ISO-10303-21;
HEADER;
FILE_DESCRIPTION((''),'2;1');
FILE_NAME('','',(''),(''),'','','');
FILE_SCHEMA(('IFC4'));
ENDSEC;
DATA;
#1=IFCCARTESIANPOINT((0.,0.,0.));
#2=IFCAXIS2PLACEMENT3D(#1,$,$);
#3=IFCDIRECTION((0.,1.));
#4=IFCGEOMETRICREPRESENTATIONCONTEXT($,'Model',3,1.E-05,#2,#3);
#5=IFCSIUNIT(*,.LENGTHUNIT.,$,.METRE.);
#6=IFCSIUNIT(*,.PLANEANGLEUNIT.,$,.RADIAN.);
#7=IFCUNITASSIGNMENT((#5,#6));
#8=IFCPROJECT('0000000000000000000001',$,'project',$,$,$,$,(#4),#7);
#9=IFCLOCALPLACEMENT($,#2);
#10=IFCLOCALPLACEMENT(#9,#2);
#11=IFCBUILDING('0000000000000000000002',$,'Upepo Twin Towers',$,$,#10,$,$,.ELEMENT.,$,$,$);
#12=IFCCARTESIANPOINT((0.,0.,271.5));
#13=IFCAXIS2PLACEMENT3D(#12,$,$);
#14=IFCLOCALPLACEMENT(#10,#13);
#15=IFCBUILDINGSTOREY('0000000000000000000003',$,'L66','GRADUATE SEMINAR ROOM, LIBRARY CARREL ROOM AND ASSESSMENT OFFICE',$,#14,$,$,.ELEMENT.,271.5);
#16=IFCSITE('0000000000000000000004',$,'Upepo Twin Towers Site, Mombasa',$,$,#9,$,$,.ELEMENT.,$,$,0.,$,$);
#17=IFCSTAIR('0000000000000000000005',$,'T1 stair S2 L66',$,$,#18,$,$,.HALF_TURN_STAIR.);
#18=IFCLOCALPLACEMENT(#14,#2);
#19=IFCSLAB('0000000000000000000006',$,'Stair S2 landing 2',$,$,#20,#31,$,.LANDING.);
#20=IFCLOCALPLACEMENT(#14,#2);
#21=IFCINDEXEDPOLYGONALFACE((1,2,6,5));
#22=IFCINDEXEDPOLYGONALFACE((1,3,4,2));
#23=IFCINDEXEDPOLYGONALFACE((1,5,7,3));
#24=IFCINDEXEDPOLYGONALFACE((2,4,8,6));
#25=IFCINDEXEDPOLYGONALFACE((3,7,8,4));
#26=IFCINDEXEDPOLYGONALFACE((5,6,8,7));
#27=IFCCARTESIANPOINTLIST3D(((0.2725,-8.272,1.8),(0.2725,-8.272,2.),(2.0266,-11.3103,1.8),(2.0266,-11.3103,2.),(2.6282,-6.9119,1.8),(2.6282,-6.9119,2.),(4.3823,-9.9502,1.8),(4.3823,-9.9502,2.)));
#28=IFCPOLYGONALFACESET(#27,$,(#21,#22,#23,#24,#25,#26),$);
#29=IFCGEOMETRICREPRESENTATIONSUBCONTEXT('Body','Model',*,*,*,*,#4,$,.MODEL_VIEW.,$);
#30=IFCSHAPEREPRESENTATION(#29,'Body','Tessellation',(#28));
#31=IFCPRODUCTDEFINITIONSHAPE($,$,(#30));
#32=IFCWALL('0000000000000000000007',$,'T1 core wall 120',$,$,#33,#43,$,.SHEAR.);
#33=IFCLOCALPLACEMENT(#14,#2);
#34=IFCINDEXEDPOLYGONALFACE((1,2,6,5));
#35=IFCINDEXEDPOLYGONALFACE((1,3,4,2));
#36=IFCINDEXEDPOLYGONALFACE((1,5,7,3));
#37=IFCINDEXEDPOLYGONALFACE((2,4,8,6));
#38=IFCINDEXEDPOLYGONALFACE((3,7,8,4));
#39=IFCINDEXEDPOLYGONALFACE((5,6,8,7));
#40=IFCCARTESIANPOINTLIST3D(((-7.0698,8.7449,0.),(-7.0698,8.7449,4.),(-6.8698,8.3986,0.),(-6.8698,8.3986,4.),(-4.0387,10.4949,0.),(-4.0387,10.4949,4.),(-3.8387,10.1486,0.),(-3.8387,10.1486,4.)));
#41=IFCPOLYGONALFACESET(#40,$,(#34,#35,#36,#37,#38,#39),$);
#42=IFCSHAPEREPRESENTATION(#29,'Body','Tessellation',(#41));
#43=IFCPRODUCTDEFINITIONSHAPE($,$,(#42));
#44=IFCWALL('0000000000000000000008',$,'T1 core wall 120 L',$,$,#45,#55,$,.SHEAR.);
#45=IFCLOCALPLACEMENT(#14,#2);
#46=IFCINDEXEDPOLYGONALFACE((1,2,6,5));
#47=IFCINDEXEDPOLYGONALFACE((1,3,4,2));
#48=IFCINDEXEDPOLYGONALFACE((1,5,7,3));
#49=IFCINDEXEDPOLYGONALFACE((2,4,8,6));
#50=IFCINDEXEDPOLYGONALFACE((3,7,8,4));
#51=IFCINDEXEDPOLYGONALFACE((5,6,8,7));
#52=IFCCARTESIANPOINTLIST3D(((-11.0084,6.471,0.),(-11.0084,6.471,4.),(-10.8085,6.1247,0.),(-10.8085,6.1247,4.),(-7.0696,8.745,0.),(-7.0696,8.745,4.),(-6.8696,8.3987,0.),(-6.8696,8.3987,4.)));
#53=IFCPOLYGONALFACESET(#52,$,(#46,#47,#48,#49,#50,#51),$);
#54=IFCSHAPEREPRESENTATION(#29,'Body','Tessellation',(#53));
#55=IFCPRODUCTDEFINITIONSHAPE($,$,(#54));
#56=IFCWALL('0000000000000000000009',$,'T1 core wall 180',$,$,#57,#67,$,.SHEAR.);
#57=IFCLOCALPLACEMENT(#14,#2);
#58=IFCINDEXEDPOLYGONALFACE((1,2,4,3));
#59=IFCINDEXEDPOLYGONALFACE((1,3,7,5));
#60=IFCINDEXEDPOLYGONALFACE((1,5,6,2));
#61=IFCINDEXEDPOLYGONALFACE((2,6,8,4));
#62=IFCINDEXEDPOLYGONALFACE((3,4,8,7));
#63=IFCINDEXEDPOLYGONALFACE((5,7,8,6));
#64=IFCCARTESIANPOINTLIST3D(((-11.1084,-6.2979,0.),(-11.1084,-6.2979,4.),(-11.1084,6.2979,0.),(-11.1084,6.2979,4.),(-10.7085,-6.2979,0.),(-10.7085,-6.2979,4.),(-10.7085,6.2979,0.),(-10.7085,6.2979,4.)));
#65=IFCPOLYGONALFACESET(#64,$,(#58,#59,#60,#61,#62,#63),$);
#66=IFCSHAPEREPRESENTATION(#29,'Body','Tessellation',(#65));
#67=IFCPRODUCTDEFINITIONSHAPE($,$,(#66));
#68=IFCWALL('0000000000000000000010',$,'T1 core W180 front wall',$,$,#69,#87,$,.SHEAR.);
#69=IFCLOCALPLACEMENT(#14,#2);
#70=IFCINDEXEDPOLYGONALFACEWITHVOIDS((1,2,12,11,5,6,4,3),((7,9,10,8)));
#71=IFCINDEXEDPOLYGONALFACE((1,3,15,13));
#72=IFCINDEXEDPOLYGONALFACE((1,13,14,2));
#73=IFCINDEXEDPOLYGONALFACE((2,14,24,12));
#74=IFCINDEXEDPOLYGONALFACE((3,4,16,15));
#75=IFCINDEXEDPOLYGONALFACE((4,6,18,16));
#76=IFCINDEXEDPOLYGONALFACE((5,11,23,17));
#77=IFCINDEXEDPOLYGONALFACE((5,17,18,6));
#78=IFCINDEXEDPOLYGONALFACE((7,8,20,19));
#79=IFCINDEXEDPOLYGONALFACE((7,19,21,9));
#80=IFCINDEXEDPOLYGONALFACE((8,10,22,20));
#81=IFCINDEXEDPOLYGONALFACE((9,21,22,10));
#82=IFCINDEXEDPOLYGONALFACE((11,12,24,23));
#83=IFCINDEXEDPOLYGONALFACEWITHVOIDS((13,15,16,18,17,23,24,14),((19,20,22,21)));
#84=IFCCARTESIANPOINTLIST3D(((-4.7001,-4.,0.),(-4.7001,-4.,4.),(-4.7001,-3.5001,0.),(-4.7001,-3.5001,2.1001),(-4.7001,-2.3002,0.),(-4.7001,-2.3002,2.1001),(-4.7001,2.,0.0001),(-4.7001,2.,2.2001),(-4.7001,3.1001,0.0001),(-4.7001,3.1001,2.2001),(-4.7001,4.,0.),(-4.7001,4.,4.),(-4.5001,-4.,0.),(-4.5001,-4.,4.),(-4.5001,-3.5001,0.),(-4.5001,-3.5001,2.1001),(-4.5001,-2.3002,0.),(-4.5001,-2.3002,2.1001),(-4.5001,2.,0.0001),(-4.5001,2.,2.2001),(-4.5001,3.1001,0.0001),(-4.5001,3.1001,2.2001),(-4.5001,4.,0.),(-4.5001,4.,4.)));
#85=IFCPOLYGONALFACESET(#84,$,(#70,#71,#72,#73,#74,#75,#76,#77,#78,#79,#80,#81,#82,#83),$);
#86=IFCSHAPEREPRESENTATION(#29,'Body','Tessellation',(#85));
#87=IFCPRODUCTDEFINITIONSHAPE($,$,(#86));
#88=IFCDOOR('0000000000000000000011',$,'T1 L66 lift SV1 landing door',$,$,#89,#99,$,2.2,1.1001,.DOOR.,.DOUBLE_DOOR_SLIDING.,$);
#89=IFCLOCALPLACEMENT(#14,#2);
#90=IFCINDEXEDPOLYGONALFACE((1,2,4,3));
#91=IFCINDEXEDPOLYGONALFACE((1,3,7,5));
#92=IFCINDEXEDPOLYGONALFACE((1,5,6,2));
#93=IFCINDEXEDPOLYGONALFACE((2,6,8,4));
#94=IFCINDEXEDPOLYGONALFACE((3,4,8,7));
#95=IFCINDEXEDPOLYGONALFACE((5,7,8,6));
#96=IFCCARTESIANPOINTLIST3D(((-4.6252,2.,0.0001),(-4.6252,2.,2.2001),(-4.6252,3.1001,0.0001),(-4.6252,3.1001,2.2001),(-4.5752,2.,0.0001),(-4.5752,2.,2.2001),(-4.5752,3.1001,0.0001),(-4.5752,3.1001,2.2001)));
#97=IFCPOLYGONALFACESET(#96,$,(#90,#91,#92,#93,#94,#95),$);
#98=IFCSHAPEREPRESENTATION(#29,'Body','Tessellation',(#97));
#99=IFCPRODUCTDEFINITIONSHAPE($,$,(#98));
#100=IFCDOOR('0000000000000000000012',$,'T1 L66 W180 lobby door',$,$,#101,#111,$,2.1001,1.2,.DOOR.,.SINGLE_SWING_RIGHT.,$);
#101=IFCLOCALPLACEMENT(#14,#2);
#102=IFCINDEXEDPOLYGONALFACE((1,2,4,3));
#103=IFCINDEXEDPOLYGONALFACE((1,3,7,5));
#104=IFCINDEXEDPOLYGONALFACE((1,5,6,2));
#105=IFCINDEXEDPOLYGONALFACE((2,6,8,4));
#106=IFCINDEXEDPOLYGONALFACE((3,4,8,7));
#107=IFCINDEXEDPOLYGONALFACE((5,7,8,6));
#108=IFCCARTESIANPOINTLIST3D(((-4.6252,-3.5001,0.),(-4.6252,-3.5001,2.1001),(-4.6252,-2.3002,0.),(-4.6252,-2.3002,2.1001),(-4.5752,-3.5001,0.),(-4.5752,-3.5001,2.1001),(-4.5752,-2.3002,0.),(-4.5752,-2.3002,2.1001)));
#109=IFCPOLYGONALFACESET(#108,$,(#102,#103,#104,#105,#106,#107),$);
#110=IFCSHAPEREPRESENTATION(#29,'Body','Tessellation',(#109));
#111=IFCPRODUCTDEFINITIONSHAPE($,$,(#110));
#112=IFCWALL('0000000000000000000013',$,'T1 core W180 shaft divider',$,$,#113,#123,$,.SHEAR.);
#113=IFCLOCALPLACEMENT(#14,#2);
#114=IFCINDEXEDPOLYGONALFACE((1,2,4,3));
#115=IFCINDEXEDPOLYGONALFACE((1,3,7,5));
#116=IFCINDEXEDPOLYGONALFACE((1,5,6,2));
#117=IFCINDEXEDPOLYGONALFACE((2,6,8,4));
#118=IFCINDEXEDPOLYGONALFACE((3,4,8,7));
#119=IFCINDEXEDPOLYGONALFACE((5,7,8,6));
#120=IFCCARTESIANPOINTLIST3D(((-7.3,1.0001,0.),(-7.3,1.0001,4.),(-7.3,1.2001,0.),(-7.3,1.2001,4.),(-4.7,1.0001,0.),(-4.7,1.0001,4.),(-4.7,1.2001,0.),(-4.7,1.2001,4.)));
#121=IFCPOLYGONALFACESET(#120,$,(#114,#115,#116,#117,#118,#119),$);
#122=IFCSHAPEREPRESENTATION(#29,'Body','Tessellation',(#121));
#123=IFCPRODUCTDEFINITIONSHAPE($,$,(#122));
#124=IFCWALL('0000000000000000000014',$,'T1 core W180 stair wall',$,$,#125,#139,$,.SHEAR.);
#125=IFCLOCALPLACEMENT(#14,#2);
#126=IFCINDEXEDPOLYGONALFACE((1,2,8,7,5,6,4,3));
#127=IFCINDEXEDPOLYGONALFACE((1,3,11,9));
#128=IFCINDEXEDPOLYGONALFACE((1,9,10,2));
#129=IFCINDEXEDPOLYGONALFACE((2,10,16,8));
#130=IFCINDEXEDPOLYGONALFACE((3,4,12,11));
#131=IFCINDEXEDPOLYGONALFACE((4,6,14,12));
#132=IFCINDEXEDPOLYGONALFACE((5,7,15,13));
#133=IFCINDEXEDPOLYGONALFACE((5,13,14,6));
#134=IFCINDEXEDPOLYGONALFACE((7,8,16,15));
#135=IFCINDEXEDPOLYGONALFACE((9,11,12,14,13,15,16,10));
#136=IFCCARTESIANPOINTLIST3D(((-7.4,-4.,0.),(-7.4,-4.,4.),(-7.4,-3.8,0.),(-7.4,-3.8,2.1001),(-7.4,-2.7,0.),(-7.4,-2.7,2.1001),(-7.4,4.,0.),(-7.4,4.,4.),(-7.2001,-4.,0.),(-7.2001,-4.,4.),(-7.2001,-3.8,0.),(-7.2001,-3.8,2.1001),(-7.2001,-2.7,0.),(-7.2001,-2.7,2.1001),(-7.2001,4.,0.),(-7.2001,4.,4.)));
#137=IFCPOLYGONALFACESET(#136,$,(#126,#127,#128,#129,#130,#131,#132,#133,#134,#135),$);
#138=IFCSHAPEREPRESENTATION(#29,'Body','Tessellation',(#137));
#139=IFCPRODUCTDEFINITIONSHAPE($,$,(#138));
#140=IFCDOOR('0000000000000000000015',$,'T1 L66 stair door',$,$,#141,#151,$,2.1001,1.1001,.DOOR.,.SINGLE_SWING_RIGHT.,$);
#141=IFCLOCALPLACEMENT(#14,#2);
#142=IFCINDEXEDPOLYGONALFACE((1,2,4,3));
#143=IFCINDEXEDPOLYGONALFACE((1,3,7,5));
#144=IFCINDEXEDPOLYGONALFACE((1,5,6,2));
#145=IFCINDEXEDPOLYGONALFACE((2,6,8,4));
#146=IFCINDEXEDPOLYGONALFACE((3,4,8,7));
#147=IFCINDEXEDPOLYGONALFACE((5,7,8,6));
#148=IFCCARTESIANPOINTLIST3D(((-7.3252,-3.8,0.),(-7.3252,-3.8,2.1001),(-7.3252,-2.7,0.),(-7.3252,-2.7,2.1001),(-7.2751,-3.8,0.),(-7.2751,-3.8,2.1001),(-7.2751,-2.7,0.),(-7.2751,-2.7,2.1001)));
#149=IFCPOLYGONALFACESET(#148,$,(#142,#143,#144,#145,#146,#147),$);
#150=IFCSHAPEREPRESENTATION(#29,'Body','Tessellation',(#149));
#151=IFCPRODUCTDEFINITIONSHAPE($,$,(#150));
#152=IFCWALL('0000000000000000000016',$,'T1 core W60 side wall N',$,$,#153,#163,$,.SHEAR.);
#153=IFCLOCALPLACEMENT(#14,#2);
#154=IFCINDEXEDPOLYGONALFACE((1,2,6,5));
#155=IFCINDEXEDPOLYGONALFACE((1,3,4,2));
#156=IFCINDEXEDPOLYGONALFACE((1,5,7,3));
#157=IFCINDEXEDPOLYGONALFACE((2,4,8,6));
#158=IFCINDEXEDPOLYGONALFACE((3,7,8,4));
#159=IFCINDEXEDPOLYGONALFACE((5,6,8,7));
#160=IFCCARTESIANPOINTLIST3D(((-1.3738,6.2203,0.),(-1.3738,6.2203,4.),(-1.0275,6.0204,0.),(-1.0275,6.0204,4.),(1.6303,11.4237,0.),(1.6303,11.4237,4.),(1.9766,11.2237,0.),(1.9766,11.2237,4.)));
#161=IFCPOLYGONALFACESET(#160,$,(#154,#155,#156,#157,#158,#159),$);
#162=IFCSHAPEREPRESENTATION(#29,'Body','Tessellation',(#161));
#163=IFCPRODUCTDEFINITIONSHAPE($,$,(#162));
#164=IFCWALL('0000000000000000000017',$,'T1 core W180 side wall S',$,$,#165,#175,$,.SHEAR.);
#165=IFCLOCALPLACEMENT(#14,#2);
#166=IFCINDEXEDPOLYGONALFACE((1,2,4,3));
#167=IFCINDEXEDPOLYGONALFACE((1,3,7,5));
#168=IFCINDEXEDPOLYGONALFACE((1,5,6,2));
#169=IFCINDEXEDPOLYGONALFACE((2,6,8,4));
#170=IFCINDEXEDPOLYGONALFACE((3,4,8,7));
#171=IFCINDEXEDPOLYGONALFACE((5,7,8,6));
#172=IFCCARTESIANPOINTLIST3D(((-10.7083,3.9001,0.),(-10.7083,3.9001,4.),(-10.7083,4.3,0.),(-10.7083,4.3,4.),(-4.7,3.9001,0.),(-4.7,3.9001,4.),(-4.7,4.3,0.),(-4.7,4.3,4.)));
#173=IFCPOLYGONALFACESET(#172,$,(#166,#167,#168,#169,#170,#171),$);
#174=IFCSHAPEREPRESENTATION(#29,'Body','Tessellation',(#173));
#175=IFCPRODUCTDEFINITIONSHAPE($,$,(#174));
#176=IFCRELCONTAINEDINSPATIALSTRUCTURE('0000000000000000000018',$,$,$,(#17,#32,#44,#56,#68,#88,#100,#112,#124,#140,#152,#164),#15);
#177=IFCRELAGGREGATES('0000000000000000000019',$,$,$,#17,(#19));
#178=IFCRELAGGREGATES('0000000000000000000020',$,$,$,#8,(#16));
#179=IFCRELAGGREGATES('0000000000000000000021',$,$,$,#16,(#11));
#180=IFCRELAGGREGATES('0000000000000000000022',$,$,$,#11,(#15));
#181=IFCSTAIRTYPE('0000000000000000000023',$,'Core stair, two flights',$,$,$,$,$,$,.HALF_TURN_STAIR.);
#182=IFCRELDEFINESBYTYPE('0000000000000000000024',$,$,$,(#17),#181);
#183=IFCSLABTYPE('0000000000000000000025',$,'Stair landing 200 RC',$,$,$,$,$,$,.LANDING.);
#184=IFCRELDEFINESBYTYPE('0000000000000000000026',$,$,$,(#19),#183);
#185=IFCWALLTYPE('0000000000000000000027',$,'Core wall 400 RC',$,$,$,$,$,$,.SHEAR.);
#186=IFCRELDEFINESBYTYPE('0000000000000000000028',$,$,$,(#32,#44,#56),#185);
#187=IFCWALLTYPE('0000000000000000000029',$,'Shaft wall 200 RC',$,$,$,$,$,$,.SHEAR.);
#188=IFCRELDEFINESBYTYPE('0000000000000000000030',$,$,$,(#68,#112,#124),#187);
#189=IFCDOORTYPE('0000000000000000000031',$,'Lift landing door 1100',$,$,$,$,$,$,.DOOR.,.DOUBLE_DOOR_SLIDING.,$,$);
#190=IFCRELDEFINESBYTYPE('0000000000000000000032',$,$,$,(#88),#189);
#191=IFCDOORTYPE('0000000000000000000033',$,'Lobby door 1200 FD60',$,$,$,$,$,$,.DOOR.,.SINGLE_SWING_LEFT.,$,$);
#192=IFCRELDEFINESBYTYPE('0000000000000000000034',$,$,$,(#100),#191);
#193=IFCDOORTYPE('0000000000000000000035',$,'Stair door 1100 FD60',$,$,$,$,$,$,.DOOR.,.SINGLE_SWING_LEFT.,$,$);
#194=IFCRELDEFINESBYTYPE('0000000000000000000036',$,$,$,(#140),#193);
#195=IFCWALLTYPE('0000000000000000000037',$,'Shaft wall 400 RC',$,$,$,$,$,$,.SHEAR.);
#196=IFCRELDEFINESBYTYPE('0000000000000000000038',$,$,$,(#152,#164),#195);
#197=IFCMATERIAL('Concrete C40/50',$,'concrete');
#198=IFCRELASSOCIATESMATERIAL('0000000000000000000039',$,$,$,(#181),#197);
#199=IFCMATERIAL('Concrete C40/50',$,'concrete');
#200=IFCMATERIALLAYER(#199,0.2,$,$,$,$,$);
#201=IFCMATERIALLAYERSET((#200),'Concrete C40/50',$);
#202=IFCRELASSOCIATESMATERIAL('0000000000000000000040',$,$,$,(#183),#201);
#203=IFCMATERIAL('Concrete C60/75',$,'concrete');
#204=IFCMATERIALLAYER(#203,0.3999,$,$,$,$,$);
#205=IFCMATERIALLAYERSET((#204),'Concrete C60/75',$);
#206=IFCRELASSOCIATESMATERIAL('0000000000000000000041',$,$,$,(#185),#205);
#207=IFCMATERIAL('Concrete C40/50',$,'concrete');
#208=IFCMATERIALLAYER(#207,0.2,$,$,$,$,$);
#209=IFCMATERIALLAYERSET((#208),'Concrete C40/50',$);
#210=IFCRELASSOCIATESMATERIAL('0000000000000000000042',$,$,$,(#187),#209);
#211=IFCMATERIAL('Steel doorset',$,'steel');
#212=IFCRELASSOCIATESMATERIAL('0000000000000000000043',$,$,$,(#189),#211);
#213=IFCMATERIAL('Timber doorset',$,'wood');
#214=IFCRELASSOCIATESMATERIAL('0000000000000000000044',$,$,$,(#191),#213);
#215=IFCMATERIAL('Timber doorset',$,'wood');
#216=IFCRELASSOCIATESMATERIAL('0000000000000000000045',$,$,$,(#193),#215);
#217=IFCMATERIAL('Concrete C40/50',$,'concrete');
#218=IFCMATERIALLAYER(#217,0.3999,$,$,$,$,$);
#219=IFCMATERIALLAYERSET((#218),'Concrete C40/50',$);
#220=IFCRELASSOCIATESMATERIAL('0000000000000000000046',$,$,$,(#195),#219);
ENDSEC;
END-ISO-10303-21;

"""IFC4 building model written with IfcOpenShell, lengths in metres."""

from ifc_helpers import new_model, si_unit, direction, frame, frame_2d, origin, place, context, subcontext, project, spatial, polyline, rectangle, outline, extrude, material, layer, layer_set, type_object, element, fill, aggregate, save


model = new_model("IFC4")

# Units and contexts
model_context = context("Model", 3, precision=1e-05, world=origin(), true_north=direction((0.0, 1.0)))
body_context = subcontext(model_context, "Body", "Model", "MODEL_VIEW")
ifc_project = project(units=[si_unit("LENGTHUNIT", "METRE"), si_unit("PLANEANGLEUNIT", "RADIAN")], contexts=[model_context])

# Site, building, storey
site_placement = place(None, origin())
site = spatial("IfcSite", under=ifc_project, at=site_placement, Name="Upepo Twin Towers Site, Mombasa", CompositionType="ELEMENT", RefElevation=0.0)
building_placement = place(site_placement, origin())
building = spatial("IfcBuilding", under=site, at=building_placement, Name="Upepo Twin Towers", CompositionType="ELEMENT")
storey_placement = place(building_placement, frame((0.0, 0.0, 271.5)))
storey = spatial("IfcBuildingStorey", under=building, at=storey_placement, Name="L66", Description="GRADUATE SEMINAR ROOM, LIBRARY CARREL ROOM AND ASSESSMENT OFFICE", CompositionType="ELEMENT", Elevation=271.5)

# Stair, slab
ifc_material_1 = material(Name="Concrete C40/50", Category="concrete")
stair_type = type_object("IfcStairType", Name="Core stair, two flights", PredefinedType="HALF_TURN_STAIR", material=ifc_material_1)
stair_1_placement = place(storey_placement, origin())
stair_1 = element("IfcStair", 1, at=stair_1_placement, inside=storey, type_object=stair_type, Name="T1 stair S2 L66", PredefinedType="HALF_TURN_STAIR")
ifc_material_2 = material(Name="Concrete C40/50", Category="concrete")
ifc_layer_1 = layer(ifc_material_2, 0.2)
ifc_layer_set_1 = layer_set([ifc_layer_1], Name="Concrete C40/50")
slab_type = type_object("IfcSlabType", Name="Stair landing 200 RC", PredefinedType="LANDING", material=ifc_layer_set_1)
slab_placement = place(storey_placement, frame((0.0, 0.0, 1.8)))
slab = element("IfcSlab", 2, at=slab_placement, type_object=slab_type, Name="Stair S2 landing 2", PredefinedType="LANDING", context=body_context, shape_type="SweptSolid", body=[
    extrude(outline(polyline([(0.2725, -8.272), (2.0266, -11.3103), (4.3823, -9.9502), (2.6282, -6.9119), (0.2725, -8.272)])), origin(), (0.0, 0.0, 1.0), 0.2),
])
aggregate(stair_1, [slab])

# Walls
ifc_material_3 = material(Name="Concrete C60/75", Category="concrete")
ifc_layer_2 = layer(ifc_material_3, 0.3999)
ifc_layer_set_2 = layer_set([ifc_layer_2], Name="Concrete C60/75")
wall_type_1 = type_object("IfcWallType", Name="Core wall 400 RC", PredefinedType="SHEAR", material=ifc_layer_set_2)
wall_1_placement = place(storey_placement, frame((-3.9387, 10.3218, 0.0), z_axis=(0.0, 0.0, 1.0), x_axis=(-0.866019, -0.50001, 0.0)))
element("IfcWall", 3, at=wall_1_placement, inside=storey, type_object=wall_type_1, Name="T1 core wall 120", PredefinedType="SHEAR", context=body_context, shape_type="SweptSolid", body=[
    extrude(rectangle(XDim=3.5, YDim=0.3999, at=frame_2d((1.75, 0.0))), origin(), (0.0, 0.0, 1.0), 4.0),
])
wall_2_placement = place(storey_placement, frame((-6.9697, 8.5718, 0.0), z_axis=(0.0, 0.0, 1.0), x_axis=(-0.866035, -0.499984, 0.0)))
element("IfcWall", 4, at=wall_2_placement, inside=storey, type_object=wall_type_1, Name="T1 core wall 120 L", PredefinedType="SHEAR", context=body_context, shape_type="SweptSolid", body=[
    extrude(rectangle(XDim=4.5481, YDim=0.3999, at=frame_2d((2.2739, 0.0))), origin(), (0.0, 0.0, 1.0), 4.0),
])
wall_3_placement = place(storey_placement, frame((-10.9084, 6.2979, 0.0), z_axis=(0.0, 0.0, 1.0), x_axis=(0.0, -1.0, 0.0)))
element("IfcWall", 5, at=wall_3_placement, inside=storey, type_object=wall_type_1, Name="T1 core wall 180", PredefinedType="SHEAR", context=body_context, shape_type="SweptSolid", body=[
    extrude(rectangle(XDim=12.5957, YDim=0.3999, at=frame_2d((6.2979, 0.0))), origin(), (0.0, 0.0, 1.0), 4.0),
])

# Wall, openings, doors
ifc_material_4 = material(Name="Concrete C40/50", Category="concrete")
ifc_layer_3 = layer(ifc_material_4, 0.2)
ifc_layer_set_3 = layer_set([ifc_layer_3], Name="Concrete C40/50")
wall_type_2 = type_object("IfcWallType", Name="Shaft wall 200 RC", PredefinedType="SHEAR", material=ifc_layer_set_3)
wall_4_placement = place(storey_placement, frame((-4.6001, 4.0, 0.0), z_axis=(0.0, 0.0, 1.0), x_axis=(0.0, -1.0, 0.0)))
wall_4 = element("IfcWall", 6, at=wall_4_placement, inside=storey, type_object=wall_type_2, Name="T1 core W180 front wall", PredefinedType="SHEAR", context=body_context, shape_type="SweptSolid", body=[
    extrude(rectangle(XDim=8.0, YDim=0.2, at=frame_2d((4.0, 0.0))), origin(), (0.0, 0.0, 1.0), 4.0),
])
opening_1_placement = place(wall_4_placement, frame((6.3, 0.0, 0.0)))
opening_1 = element("IfcOpeningElement", 7, at=opening_1_placement, cuts=wall_4, PredefinedType="OPENING", context=body_context, shape_type="SweptSolid", body=[
    extrude(rectangle(XDim=1.2, YDim=2.1001, at=frame_2d((0.6001, 1.05))), frame((0.0, 0.1099, 0.0), z_axis=(0.0, -1.0, 0.0), x_axis=(1.0, 0.0, 0.0)), (0.0, 0.0, 1.0), 0.22),
])
opening_2_placement = place(wall_4_placement, frame((0.8999, 0.0, 0.0)))
opening_2 = element("IfcOpeningElement", 8, at=opening_2_placement, cuts=wall_4, PredefinedType="OPENING", context=body_context, shape_type="SweptSolid", body=[
    extrude(rectangle(XDim=1.1001, YDim=2.2, at=frame_2d((0.55, 1.1001))), frame((0.0, 0.1099, 0.0), z_axis=(0.0, -1.0, 0.0), x_axis=(1.0, 0.0, 0.0)), (0.0, 0.0, 1.0), 0.22),
])
ifc_material_5 = material(Name="Steel doorset", Category="steel")
door_type_1 = type_object("IfcDoorType", Name="Lift landing door 1100", OperationType="DOUBLE_DOOR_SLIDING", PredefinedType="DOOR", material=ifc_material_5)
door_1_placement = place(opening_2_placement, origin())
door_1 = element("IfcDoor", 9, at=door_1_placement, inside=storey, type_object=door_type_1, Name="T1 L66 lift SV1 landing door", OperationType="DOUBLE_DOOR_SLIDING", OverallHeight=2.2, OverallWidth=1.1001, PredefinedType="DOOR", context=body_context, shape_type="SweptSolid", body=[
    extrude(rectangle(XDim=1.1001, YDim=2.2, at=frame_2d((0.55, 1.1001))), frame((0.0, 0.0249, 0.0), z_axis=(0.0, -1.0, 0.0), x_axis=(1.0, 0.0, 0.0)), (0.0, 0.0, 1.0), 0.05),
])
fill(opening_2, door_1)
ifc_material_6 = material(Name="Timber doorset", Category="wood")
door_type_2 = type_object("IfcDoorType", Name="Lobby door 1200 FD60", OperationType="SINGLE_SWING_LEFT", PredefinedType="DOOR", material=ifc_material_6)
door_2_placement = place(opening_1_placement, origin())
door_2 = element("IfcDoor", 10, at=door_2_placement, inside=storey, type_object=door_type_2, Name="T1 L66 W180 lobby door", OperationType="SINGLE_SWING_RIGHT", OverallHeight=2.1001, OverallWidth=1.2, PredefinedType="DOOR", context=body_context, shape_type="SweptSolid", body=[
    extrude(rectangle(XDim=1.2, YDim=2.1001, at=frame_2d((0.6001, 1.05))), frame((0.0, 0.0249, 0.0), z_axis=(0.0, -1.0, 0.0), x_axis=(1.0, 0.0, 0.0)), (0.0, 0.0, 1.0), 0.05),
])
fill(opening_1, door_2)

# Wall
wall_5_placement = place(storey_placement, frame((-4.7, 1.1001, 0.0), z_axis=(0.0, 0.0, 1.0), x_axis=(-1.0, 0.0, 0.0)))
element("IfcWall", 11, at=wall_5_placement, inside=storey, type_object=wall_type_2, Name="T1 core W180 shaft divider", PredefinedType="SHEAR", context=body_context, shape_type="SweptSolid", body=[
    extrude(rectangle(XDim=2.6001, YDim=0.2, at=frame_2d((1.3, 0.0))), origin(), (0.0, 0.0, 1.0), 4.0),
])

# Wall, opening, door
wall_6_placement = place(storey_placement, frame((-7.3, 4.0, 0.0), z_axis=(0.0, 0.0, 1.0), x_axis=(0.0, -1.0, 0.0)))
wall_6 = element("IfcWall", 12, at=wall_6_placement, inside=storey, type_object=wall_type_2, Name="T1 core W180 stair wall", PredefinedType="SHEAR", context=body_context, shape_type="SweptSolid", body=[
    extrude(rectangle(XDim=8.0, YDim=0.2, at=frame_2d((4.0, 0.0))), origin(), (0.0, 0.0, 1.0), 4.0),
])
opening_3_placement = place(wall_6_placement, frame((6.7, 0.0, 0.0)))
opening_3 = element("IfcOpeningElement", 13, at=opening_3_placement, cuts=wall_6, PredefinedType="OPENING", context=body_context, shape_type="SweptSolid", body=[
    extrude(rectangle(XDim=1.1001, YDim=2.1001, at=frame_2d((0.55, 1.05))), frame((0.0, 0.1099, 0.0), z_axis=(0.0, -1.0, 0.0), x_axis=(1.0, 0.0, 0.0)), (0.0, 0.0, 1.0), 0.22),
])
ifc_material_7 = material(Name="Timber doorset", Category="wood")
door_type_3 = type_object("IfcDoorType", Name="Stair door 1100 FD60", OperationType="SINGLE_SWING_LEFT", PredefinedType="DOOR", material=ifc_material_7)
door_3_placement = place(opening_3_placement, origin())
door_3 = element("IfcDoor", 14, at=door_3_placement, inside=storey, type_object=door_type_3, Name="T1 L66 stair door", OperationType="SINGLE_SWING_RIGHT", OverallHeight=2.1001, OverallWidth=1.1001, PredefinedType="DOOR", context=body_context, shape_type="SweptSolid", body=[
    extrude(rectangle(XDim=1.1001, YDim=2.1001, at=frame_2d((0.55, 1.05))), frame((0.0, 0.0249, 0.0), z_axis=(0.0, -1.0, 0.0), x_axis=(1.0, 0.0, 0.0)), (0.0, 0.0, 1.0), 0.05),
])
fill(opening_3, door_3)

# Walls
ifc_material_8 = material(Name="Concrete C40/50", Category="concrete")
ifc_layer_4 = layer(ifc_material_8, 0.3999)
ifc_layer_set_4 = layer_set([ifc_layer_4], Name="Concrete C40/50")
wall_type_3 = type_object("IfcWallType", Name="Shaft wall 400 RC", PredefinedType="SHEAR", material=ifc_layer_set_4)
for number, where, z_axis, x_axis, name in (
    (15, (-1.2007, 6.1204, 0.0), (0.0, 0.0, 1.0), (0.499998, 0.866027, 0.0), "T1 core W60 side wall N"),
    (16, (-4.7, 4.1001, 0.0), (0.0, 0.0, 1.0), (-1.0, 0.0, 0.0), "T1 core W180 side wall S"),
):
    element("IfcWall", number, at=place(storey_placement, frame(where, z_axis=z_axis, x_axis=x_axis)), inside=storey, type_object=wall_type_3, Name=name, PredefinedType="SHEAR", context=body_context, shape_type="SweptSolid", body=[
        extrude(rectangle(XDim=6.0083, YDim=0.3999, at=frame_2d((3.0042, 0.0))), origin(), (0.0, 0.0, 1.0), 4.0),
    ])

save(model, "model.ifc")
